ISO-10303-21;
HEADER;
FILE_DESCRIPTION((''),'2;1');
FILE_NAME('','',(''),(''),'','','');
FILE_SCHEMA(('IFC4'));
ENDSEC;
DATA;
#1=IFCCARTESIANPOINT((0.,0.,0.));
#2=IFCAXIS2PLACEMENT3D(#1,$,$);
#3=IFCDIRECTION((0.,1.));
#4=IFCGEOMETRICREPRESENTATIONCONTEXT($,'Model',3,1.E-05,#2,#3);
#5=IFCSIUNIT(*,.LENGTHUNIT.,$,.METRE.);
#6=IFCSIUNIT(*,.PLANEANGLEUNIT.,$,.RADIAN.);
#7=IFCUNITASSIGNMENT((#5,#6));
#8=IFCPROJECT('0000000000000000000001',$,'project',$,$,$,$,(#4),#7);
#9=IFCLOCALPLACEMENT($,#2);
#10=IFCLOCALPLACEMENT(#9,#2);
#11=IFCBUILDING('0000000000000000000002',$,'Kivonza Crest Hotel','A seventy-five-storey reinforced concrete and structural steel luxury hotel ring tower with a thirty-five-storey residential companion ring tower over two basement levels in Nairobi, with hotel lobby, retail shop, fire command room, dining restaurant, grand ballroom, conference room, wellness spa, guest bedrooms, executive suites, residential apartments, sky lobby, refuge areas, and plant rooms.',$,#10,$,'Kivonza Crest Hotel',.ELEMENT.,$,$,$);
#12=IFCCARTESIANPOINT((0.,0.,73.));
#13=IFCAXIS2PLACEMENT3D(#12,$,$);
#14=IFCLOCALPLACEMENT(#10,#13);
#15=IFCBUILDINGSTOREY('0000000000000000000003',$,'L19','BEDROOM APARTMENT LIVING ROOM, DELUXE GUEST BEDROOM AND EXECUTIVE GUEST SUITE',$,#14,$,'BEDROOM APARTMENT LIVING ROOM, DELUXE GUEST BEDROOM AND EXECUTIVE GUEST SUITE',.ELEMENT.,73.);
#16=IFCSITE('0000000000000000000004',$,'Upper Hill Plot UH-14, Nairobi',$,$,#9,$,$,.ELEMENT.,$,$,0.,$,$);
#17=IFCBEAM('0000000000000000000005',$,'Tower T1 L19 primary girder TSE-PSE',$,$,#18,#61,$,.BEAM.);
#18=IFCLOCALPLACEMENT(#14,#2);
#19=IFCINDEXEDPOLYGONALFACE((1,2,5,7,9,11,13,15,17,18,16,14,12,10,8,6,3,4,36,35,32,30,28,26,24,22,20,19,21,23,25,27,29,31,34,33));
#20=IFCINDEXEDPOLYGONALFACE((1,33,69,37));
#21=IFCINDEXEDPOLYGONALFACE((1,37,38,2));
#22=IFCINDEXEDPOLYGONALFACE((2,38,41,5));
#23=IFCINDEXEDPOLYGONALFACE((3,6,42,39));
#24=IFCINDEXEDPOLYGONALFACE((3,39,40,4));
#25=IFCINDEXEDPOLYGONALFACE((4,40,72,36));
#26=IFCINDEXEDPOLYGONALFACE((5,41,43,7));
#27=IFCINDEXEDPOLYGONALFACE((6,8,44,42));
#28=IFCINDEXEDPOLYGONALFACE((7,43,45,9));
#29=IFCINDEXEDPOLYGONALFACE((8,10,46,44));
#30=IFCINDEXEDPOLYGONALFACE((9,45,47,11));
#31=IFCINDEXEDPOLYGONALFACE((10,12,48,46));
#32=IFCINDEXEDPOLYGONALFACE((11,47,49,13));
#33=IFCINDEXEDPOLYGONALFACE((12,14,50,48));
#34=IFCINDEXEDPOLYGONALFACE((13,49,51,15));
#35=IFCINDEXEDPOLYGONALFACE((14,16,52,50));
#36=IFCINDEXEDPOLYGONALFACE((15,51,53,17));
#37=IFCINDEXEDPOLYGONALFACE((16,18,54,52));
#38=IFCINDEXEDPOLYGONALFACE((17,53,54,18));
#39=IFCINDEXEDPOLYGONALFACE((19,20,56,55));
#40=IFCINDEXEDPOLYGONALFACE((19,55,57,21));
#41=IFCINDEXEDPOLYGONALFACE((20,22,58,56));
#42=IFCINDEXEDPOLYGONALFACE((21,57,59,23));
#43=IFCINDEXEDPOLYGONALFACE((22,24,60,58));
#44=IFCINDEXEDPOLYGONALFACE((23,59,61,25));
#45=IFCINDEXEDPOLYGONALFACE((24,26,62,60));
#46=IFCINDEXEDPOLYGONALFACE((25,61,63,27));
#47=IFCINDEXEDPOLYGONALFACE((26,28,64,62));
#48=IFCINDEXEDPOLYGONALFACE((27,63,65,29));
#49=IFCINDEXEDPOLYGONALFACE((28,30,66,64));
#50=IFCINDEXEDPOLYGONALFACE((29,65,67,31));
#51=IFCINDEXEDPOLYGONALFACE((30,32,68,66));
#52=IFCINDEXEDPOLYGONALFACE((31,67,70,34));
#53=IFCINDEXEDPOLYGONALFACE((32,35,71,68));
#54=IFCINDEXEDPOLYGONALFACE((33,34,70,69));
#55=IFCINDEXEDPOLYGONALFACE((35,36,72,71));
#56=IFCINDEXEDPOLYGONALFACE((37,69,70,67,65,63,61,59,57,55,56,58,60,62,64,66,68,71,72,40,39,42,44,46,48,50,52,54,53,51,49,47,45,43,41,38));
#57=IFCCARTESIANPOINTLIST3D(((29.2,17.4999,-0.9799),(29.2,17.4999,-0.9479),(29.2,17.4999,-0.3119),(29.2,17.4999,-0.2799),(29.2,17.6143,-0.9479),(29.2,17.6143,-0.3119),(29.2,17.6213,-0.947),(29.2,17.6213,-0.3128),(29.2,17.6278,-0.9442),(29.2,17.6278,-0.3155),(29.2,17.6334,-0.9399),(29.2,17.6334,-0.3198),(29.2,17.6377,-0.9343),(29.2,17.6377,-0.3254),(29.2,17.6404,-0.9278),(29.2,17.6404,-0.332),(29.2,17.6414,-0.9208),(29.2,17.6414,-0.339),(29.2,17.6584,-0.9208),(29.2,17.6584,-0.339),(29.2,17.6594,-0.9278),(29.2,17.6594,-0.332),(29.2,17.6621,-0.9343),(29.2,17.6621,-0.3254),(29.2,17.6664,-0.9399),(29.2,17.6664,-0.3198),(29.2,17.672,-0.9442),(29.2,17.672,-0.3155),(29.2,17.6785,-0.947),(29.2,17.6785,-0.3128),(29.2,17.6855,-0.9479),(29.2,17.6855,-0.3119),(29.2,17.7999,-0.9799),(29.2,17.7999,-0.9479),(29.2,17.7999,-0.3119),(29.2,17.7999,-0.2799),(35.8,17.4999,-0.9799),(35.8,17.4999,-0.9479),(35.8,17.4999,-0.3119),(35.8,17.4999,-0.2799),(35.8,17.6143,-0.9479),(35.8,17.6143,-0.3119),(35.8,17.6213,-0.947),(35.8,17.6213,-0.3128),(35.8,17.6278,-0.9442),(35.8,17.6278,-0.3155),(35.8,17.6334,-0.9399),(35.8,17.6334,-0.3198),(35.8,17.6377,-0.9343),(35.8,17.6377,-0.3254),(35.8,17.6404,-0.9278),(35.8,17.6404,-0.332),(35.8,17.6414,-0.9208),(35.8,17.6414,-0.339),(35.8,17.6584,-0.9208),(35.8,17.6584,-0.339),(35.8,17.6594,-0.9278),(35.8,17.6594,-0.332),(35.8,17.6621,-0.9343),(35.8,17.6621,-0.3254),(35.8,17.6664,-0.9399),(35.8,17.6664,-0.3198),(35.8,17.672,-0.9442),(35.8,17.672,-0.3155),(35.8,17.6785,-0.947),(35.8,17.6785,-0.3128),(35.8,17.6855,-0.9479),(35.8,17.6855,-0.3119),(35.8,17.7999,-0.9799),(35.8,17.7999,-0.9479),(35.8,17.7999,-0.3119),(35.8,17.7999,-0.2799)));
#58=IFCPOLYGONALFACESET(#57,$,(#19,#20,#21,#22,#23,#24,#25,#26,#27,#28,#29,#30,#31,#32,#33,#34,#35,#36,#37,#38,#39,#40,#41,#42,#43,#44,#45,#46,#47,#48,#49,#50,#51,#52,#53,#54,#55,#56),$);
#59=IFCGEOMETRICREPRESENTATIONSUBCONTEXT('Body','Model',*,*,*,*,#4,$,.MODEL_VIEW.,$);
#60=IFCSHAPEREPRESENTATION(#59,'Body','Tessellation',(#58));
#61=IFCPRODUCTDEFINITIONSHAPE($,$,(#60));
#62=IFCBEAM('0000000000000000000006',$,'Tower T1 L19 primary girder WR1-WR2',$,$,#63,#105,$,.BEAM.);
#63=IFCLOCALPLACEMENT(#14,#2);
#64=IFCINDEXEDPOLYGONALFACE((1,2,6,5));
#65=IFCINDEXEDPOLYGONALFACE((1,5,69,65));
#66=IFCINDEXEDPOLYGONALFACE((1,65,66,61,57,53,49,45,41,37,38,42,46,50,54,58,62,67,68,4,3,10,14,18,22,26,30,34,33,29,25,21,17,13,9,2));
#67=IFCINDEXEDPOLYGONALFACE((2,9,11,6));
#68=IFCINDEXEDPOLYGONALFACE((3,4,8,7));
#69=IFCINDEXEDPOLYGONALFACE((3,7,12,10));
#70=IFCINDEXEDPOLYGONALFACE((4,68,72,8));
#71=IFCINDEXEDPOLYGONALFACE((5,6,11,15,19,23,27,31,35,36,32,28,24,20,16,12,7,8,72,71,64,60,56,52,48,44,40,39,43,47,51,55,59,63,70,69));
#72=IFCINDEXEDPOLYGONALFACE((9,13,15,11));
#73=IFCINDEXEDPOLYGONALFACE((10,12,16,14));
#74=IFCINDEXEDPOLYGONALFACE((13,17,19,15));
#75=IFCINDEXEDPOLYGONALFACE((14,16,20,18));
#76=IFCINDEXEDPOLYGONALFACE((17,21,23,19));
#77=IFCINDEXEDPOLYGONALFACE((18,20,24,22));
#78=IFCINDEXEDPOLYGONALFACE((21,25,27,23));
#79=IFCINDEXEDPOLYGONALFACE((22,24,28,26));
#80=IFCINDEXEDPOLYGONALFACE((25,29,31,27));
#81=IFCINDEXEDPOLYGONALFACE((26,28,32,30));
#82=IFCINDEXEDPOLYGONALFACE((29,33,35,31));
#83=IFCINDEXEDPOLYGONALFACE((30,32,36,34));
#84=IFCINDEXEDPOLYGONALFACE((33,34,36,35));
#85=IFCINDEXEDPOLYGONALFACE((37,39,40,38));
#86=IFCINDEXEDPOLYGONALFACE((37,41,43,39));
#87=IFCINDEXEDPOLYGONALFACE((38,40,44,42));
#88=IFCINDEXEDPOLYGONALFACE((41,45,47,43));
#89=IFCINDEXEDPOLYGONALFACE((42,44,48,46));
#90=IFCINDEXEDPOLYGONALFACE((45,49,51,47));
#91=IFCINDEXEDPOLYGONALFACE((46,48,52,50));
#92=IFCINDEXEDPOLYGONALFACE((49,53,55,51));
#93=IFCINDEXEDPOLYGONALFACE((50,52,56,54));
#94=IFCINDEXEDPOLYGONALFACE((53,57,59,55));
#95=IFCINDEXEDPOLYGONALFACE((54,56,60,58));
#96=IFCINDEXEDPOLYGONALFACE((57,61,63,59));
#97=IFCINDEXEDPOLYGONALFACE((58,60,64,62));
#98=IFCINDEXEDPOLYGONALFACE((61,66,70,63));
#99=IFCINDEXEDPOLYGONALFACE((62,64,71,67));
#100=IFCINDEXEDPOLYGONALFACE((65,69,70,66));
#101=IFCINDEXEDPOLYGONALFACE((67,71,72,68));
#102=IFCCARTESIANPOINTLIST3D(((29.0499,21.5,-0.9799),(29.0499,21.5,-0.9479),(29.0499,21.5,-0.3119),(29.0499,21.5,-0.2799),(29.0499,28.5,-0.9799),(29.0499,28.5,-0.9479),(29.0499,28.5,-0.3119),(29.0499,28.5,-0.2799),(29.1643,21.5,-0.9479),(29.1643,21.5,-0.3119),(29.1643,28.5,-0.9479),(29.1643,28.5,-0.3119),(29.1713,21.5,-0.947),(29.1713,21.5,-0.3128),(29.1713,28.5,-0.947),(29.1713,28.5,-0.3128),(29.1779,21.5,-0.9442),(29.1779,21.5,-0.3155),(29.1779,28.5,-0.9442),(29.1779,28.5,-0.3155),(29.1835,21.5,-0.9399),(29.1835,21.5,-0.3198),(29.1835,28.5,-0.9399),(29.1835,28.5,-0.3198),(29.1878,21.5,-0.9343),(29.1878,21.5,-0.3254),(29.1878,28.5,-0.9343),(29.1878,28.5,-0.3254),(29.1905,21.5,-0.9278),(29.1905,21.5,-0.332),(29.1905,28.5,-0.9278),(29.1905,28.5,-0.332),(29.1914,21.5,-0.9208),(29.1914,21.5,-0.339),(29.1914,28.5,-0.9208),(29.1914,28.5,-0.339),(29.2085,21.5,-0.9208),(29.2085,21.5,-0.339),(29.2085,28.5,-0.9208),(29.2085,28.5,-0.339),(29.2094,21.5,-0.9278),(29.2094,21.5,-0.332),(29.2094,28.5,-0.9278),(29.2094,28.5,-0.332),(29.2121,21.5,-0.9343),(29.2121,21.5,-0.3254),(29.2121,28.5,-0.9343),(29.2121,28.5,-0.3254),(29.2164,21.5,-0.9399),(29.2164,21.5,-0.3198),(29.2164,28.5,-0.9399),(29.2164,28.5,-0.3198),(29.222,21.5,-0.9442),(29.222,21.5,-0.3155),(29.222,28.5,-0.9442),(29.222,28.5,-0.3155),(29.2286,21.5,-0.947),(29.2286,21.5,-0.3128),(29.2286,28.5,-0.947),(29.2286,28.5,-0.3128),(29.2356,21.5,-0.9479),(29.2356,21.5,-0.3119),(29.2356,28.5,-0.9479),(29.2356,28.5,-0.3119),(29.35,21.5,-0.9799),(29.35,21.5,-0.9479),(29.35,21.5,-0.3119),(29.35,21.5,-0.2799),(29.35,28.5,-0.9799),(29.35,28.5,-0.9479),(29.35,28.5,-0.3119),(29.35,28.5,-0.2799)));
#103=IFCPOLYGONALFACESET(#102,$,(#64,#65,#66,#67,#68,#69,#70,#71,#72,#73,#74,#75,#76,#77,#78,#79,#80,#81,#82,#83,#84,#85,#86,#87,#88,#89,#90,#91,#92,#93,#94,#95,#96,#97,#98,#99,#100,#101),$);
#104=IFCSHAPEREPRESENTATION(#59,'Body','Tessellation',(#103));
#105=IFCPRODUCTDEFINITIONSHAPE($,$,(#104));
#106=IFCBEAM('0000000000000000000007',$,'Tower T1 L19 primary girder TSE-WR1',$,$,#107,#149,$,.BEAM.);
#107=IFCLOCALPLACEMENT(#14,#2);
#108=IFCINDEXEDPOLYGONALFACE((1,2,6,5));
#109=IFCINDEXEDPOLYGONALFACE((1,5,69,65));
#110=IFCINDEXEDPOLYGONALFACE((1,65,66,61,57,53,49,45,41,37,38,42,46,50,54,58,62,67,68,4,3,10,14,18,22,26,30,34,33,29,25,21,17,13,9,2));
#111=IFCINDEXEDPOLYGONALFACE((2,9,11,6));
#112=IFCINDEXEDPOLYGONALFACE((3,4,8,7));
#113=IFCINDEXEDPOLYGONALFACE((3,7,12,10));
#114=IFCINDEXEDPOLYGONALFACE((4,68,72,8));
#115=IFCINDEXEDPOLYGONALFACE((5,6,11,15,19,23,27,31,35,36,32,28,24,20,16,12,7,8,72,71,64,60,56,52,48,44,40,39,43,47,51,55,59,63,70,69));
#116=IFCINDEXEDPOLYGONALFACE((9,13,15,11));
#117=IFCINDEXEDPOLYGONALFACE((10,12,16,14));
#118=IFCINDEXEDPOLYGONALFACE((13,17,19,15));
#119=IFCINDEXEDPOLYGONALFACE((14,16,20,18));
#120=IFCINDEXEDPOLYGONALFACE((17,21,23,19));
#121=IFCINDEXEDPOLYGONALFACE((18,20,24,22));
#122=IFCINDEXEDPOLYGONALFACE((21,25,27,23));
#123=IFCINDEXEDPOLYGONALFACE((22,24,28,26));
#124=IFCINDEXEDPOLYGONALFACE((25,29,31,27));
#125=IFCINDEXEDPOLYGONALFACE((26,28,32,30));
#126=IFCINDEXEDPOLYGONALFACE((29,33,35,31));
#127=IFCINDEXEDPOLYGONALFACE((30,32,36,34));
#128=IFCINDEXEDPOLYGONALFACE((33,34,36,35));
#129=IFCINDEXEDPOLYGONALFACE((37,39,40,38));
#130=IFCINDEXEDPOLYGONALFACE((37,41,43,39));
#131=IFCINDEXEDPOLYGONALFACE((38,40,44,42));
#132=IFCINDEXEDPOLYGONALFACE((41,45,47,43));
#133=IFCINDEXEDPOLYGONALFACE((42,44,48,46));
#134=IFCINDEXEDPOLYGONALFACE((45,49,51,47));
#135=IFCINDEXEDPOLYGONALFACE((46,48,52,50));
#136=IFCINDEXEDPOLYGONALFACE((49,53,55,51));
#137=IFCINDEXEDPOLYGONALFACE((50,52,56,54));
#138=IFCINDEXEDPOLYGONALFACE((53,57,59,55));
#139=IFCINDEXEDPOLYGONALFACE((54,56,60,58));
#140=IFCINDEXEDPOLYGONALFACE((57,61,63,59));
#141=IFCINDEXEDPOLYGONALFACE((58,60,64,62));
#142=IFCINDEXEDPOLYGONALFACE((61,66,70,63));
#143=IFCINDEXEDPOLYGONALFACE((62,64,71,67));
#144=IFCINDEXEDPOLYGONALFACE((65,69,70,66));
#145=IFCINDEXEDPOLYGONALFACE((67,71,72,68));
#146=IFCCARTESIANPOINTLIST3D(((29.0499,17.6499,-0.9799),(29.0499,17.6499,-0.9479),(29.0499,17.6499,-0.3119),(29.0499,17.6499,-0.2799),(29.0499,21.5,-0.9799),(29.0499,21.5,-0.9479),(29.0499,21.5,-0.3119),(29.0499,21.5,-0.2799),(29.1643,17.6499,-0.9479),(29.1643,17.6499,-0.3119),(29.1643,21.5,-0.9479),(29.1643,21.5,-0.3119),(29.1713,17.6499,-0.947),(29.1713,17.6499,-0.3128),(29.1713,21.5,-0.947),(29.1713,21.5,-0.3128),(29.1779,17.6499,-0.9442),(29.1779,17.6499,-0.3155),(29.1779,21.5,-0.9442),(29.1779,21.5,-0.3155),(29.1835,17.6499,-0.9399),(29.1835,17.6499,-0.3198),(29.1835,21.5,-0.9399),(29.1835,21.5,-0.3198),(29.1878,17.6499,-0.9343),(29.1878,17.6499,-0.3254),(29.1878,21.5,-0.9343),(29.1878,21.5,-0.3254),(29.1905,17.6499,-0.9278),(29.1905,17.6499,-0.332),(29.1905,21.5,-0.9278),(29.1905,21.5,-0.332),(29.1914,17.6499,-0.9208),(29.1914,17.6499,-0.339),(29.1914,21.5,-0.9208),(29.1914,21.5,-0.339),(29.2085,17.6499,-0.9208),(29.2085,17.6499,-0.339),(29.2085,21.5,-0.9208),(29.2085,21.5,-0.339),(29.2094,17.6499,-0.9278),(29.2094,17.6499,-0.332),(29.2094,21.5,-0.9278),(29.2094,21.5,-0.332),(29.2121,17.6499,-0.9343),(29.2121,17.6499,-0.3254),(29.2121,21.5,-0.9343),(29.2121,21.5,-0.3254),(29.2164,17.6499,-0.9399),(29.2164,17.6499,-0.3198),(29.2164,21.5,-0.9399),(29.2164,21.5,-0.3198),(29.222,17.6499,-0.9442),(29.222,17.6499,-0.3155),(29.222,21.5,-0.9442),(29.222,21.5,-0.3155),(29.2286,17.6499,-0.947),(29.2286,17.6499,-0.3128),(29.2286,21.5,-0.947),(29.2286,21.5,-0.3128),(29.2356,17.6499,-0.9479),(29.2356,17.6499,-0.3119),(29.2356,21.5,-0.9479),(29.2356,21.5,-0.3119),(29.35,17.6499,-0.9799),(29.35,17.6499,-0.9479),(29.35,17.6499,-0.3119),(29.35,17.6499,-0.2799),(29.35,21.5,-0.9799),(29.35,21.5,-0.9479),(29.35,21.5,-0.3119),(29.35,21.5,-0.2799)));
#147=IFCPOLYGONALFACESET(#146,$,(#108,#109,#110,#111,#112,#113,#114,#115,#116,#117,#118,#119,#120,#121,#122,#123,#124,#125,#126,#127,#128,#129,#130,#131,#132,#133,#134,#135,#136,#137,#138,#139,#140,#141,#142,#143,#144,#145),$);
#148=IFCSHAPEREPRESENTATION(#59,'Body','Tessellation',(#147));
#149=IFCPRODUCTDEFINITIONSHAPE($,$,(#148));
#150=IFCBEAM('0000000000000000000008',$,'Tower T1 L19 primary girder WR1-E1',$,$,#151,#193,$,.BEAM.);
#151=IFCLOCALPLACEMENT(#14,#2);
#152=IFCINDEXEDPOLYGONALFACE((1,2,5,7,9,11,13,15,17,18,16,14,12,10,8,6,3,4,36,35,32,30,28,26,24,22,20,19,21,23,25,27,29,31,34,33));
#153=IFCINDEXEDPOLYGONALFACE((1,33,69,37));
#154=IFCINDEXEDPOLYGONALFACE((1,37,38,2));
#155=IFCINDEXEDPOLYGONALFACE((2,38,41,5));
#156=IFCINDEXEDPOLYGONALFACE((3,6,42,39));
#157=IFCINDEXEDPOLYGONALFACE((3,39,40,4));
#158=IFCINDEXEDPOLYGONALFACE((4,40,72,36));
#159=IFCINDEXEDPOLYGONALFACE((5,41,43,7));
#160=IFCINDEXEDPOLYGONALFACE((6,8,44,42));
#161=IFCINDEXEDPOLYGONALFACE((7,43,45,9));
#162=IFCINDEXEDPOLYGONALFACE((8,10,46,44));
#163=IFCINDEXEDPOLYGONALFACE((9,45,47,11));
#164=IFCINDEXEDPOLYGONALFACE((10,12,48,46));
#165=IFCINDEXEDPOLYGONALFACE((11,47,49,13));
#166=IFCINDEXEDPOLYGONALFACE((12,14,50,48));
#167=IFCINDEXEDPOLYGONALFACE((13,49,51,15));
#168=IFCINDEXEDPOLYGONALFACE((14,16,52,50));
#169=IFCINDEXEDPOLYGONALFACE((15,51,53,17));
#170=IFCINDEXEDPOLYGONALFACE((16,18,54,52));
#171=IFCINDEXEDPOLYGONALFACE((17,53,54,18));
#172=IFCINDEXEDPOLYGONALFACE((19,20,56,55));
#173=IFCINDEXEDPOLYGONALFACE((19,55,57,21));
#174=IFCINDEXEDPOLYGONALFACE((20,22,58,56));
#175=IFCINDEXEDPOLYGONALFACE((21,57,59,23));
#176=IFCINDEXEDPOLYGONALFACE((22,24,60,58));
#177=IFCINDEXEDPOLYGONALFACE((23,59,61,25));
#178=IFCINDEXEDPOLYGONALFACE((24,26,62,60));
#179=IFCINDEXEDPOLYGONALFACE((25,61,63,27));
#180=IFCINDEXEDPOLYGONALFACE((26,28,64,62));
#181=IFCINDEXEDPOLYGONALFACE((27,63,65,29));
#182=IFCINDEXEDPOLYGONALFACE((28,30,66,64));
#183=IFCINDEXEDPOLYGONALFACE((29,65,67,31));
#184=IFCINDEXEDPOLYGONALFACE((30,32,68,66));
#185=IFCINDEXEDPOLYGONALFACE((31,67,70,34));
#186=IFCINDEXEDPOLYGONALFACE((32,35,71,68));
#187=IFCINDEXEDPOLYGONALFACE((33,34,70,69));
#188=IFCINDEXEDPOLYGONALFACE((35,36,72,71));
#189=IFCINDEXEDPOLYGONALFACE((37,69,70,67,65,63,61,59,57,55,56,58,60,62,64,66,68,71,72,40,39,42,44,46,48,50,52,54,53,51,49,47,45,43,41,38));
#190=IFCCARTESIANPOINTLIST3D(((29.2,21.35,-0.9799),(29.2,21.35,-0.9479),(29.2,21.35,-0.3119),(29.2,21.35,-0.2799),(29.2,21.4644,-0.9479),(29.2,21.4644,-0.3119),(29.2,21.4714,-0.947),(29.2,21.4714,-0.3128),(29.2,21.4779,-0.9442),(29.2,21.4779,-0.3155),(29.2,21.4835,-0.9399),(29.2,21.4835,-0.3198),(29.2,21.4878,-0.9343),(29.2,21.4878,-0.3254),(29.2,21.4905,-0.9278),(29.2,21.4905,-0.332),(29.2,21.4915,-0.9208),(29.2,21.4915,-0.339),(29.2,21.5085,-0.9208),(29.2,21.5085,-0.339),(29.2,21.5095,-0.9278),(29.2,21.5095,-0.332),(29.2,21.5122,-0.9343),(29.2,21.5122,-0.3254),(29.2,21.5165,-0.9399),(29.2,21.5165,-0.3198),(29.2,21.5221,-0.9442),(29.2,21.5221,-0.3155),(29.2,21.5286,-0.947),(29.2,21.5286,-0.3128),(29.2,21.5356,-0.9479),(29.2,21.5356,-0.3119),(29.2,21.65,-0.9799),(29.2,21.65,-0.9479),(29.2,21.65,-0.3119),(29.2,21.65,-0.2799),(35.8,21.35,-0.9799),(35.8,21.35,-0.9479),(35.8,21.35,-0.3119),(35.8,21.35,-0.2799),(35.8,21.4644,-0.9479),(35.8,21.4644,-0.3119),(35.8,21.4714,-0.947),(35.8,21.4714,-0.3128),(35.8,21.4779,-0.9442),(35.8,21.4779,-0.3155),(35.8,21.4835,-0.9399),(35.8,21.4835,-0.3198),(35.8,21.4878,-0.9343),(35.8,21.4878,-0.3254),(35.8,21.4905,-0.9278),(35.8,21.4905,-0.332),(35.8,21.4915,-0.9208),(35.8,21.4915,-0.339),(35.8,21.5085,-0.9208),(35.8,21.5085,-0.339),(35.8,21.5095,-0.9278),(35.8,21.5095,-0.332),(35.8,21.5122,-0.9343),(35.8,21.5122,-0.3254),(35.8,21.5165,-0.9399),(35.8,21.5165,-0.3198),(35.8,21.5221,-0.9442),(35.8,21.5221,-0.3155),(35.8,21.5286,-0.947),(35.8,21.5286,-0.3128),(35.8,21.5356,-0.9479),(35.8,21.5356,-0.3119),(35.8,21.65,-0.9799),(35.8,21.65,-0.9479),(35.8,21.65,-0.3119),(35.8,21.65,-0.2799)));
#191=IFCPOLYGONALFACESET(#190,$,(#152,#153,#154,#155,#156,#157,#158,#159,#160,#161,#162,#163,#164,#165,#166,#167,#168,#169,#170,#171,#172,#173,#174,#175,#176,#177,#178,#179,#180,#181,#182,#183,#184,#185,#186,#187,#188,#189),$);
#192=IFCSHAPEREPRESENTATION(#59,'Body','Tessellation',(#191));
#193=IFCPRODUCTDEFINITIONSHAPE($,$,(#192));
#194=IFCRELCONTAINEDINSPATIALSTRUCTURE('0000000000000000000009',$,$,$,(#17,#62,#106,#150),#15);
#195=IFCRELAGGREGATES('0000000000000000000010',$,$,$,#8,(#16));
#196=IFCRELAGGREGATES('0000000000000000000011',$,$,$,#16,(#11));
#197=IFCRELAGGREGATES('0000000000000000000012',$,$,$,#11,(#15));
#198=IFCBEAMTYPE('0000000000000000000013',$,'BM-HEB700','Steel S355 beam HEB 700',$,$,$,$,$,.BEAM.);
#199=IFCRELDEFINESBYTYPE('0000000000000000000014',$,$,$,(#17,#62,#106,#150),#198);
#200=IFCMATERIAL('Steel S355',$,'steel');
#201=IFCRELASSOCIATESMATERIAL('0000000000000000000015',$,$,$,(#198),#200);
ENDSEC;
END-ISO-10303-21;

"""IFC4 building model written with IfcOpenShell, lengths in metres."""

from ifc_helpers import new_model, si_unit, direction, frame, origin, origin_2d, place, context, subcontext, project, spatial, i_section, extrude, material, material_profile, profile_set, type_object, element, save


model = new_model("IFC4")

# Units and contexts
model_context = context("Model", 3, precision=1e-05, world=origin(), true_north=direction((0.0, 1.0)))
body_context = subcontext(model_context, "Body", "Model", "MODEL_VIEW")
ifc_project = project(units=[si_unit("LENGTHUNIT", "METRE"), si_unit("PLANEANGLEUNIT", "RADIAN")], contexts=[model_context])

# Site, building, storey
site_placement = place(None, origin())
site = spatial("IfcSite", under=ifc_project, at=site_placement, Name="Upper Hill Plot UH-14, Nairobi", CompositionType="ELEMENT", RefElevation=0.0)
building_placement = place(site_placement, origin())
building = spatial("IfcBuilding", under=site, at=building_placement, Name="Kivonza Crest Hotel", Description="A seventy-five-storey reinforced concrete and structural steel luxury hotel ring tower with a thirty-five-storey residential companion ring tower over two basement levels in Nairobi, with hotel lobby, retail shop, fire command room, dining restaurant, grand ballroom, conference room, wellness spa, guest bedrooms, executive suites, residential apartments, sky lobby, refuge areas, and plant rooms.", LongName="Kivonza Crest Hotel", CompositionType="ELEMENT")
storey_placement = place(building_placement, frame((0.0, 0.0, 73.0)))
storey = spatial("IfcBuildingStorey", under=building, at=storey_placement, Name="L19", Description="BEDROOM APARTMENT LIVING ROOM, DELUXE GUEST BEDROOM AND EXECUTIVE GUEST SUITE", LongName="BEDROOM APARTMENT LIVING ROOM, DELUXE GUEST BEDROOM AND EXECUTIVE GUEST SUITE", CompositionType="ELEMENT", Elevation=73.0)

# Beams
ifc_material_1 = material(Name="Steel S355", Category="steel")
ifc_material_profile_1 = material_profile(ifc_material_1, i_section(OverallWidth=0.3, OverallDepth=0.7, WebThickness=0.0171, FlangeThickness=0.032, FilletRadius=0.0271, at=origin_2d()), Name="HEB 700")
ifc_profile_set_1 = profile_set([ifc_material_profile_1], Name="Steel S355")
beam_type_1 = type_object("IfcBeamType", Name="BM-HEB700", Description="Steel S355 beam HEB 700", PredefinedType="BEAM", material=ifc_profile_set_1)
beam_1_placement = place(storey_placement, frame((29.2, 17.6499, -0.6299), z_axis=(1.0, 0.0, 0.0), x_axis=(0.0, 1.0, 0.0)))
element("IfcBeam", 1, at=beam_1_placement, inside=storey, type_object=beam_type_1, Name="Tower T1 L19 primary girder TSE-PSE", PredefinedType="BEAM", context=body_context, shape_type="SweptSolid", body=[
    extrude(i_section(OverallWidth=0.3, OverallDepth=0.7, WebThickness=0.0171, FlangeThickness=0.032, FilletRadius=0.0271, at=origin_2d()), origin(), (0.0, 0.0, 1.0), 6.6001),
])
beam_2_placement = place(storey_placement, frame((29.2, 21.5, -0.6299), z_axis=(0.0, 1.0, 0.0), x_axis=(-1.0, 0.0, 0.0)))
element("IfcBeam", 2, at=beam_2_placement, inside=storey, type_object=beam_type_1, Name="Tower T1 L19 primary girder WR1-WR2", PredefinedType="BEAM", context=body_context, shape_type="SweptSolid", body=[
    extrude(i_section(OverallWidth=0.3, OverallDepth=0.7, WebThickness=0.0171, FlangeThickness=0.032, FilletRadius=0.0271, at=origin_2d()), origin(), (0.0, 0.0, 1.0), 7.0),
])
beam_3_placement = place(storey_placement, frame((29.2, 17.6499, -0.6299), z_axis=(0.0, 1.0, 0.0), x_axis=(-1.0, 0.0, 0.0)))
element("IfcBeam", 3, at=beam_3_placement, inside=storey, type_object=beam_type_1, Name="Tower T1 L19 primary girder TSE-WR1", PredefinedType="BEAM", context=body_context, shape_type="SweptSolid", body=[
    extrude(i_section(OverallWidth=0.3, OverallDepth=0.7, WebThickness=0.0171, FlangeThickness=0.032, FilletRadius=0.0271, at=origin_2d()), origin(), (0.0, 0.0, 1.0), 3.8501),
])
beam_4_placement = place(storey_placement, frame((29.2, 21.5, -0.6299), z_axis=(1.0, 0.0, 0.0), x_axis=(0.0, 1.0, 0.0)))
element("IfcBeam", 4, at=beam_4_placement, inside=storey, type_object=beam_type_1, Name="Tower T1 L19 primary girder WR1-E1", PredefinedType="BEAM", context=body_context, shape_type="SweptSolid", body=[
    extrude(i_section(OverallWidth=0.3, OverallDepth=0.7, WebThickness=0.0171, FlangeThickness=0.032, FilletRadius=0.0271, at=origin_2d()), origin(), (0.0, 0.0, 1.0), 6.6001),
])

save(model, "model.ifc")
